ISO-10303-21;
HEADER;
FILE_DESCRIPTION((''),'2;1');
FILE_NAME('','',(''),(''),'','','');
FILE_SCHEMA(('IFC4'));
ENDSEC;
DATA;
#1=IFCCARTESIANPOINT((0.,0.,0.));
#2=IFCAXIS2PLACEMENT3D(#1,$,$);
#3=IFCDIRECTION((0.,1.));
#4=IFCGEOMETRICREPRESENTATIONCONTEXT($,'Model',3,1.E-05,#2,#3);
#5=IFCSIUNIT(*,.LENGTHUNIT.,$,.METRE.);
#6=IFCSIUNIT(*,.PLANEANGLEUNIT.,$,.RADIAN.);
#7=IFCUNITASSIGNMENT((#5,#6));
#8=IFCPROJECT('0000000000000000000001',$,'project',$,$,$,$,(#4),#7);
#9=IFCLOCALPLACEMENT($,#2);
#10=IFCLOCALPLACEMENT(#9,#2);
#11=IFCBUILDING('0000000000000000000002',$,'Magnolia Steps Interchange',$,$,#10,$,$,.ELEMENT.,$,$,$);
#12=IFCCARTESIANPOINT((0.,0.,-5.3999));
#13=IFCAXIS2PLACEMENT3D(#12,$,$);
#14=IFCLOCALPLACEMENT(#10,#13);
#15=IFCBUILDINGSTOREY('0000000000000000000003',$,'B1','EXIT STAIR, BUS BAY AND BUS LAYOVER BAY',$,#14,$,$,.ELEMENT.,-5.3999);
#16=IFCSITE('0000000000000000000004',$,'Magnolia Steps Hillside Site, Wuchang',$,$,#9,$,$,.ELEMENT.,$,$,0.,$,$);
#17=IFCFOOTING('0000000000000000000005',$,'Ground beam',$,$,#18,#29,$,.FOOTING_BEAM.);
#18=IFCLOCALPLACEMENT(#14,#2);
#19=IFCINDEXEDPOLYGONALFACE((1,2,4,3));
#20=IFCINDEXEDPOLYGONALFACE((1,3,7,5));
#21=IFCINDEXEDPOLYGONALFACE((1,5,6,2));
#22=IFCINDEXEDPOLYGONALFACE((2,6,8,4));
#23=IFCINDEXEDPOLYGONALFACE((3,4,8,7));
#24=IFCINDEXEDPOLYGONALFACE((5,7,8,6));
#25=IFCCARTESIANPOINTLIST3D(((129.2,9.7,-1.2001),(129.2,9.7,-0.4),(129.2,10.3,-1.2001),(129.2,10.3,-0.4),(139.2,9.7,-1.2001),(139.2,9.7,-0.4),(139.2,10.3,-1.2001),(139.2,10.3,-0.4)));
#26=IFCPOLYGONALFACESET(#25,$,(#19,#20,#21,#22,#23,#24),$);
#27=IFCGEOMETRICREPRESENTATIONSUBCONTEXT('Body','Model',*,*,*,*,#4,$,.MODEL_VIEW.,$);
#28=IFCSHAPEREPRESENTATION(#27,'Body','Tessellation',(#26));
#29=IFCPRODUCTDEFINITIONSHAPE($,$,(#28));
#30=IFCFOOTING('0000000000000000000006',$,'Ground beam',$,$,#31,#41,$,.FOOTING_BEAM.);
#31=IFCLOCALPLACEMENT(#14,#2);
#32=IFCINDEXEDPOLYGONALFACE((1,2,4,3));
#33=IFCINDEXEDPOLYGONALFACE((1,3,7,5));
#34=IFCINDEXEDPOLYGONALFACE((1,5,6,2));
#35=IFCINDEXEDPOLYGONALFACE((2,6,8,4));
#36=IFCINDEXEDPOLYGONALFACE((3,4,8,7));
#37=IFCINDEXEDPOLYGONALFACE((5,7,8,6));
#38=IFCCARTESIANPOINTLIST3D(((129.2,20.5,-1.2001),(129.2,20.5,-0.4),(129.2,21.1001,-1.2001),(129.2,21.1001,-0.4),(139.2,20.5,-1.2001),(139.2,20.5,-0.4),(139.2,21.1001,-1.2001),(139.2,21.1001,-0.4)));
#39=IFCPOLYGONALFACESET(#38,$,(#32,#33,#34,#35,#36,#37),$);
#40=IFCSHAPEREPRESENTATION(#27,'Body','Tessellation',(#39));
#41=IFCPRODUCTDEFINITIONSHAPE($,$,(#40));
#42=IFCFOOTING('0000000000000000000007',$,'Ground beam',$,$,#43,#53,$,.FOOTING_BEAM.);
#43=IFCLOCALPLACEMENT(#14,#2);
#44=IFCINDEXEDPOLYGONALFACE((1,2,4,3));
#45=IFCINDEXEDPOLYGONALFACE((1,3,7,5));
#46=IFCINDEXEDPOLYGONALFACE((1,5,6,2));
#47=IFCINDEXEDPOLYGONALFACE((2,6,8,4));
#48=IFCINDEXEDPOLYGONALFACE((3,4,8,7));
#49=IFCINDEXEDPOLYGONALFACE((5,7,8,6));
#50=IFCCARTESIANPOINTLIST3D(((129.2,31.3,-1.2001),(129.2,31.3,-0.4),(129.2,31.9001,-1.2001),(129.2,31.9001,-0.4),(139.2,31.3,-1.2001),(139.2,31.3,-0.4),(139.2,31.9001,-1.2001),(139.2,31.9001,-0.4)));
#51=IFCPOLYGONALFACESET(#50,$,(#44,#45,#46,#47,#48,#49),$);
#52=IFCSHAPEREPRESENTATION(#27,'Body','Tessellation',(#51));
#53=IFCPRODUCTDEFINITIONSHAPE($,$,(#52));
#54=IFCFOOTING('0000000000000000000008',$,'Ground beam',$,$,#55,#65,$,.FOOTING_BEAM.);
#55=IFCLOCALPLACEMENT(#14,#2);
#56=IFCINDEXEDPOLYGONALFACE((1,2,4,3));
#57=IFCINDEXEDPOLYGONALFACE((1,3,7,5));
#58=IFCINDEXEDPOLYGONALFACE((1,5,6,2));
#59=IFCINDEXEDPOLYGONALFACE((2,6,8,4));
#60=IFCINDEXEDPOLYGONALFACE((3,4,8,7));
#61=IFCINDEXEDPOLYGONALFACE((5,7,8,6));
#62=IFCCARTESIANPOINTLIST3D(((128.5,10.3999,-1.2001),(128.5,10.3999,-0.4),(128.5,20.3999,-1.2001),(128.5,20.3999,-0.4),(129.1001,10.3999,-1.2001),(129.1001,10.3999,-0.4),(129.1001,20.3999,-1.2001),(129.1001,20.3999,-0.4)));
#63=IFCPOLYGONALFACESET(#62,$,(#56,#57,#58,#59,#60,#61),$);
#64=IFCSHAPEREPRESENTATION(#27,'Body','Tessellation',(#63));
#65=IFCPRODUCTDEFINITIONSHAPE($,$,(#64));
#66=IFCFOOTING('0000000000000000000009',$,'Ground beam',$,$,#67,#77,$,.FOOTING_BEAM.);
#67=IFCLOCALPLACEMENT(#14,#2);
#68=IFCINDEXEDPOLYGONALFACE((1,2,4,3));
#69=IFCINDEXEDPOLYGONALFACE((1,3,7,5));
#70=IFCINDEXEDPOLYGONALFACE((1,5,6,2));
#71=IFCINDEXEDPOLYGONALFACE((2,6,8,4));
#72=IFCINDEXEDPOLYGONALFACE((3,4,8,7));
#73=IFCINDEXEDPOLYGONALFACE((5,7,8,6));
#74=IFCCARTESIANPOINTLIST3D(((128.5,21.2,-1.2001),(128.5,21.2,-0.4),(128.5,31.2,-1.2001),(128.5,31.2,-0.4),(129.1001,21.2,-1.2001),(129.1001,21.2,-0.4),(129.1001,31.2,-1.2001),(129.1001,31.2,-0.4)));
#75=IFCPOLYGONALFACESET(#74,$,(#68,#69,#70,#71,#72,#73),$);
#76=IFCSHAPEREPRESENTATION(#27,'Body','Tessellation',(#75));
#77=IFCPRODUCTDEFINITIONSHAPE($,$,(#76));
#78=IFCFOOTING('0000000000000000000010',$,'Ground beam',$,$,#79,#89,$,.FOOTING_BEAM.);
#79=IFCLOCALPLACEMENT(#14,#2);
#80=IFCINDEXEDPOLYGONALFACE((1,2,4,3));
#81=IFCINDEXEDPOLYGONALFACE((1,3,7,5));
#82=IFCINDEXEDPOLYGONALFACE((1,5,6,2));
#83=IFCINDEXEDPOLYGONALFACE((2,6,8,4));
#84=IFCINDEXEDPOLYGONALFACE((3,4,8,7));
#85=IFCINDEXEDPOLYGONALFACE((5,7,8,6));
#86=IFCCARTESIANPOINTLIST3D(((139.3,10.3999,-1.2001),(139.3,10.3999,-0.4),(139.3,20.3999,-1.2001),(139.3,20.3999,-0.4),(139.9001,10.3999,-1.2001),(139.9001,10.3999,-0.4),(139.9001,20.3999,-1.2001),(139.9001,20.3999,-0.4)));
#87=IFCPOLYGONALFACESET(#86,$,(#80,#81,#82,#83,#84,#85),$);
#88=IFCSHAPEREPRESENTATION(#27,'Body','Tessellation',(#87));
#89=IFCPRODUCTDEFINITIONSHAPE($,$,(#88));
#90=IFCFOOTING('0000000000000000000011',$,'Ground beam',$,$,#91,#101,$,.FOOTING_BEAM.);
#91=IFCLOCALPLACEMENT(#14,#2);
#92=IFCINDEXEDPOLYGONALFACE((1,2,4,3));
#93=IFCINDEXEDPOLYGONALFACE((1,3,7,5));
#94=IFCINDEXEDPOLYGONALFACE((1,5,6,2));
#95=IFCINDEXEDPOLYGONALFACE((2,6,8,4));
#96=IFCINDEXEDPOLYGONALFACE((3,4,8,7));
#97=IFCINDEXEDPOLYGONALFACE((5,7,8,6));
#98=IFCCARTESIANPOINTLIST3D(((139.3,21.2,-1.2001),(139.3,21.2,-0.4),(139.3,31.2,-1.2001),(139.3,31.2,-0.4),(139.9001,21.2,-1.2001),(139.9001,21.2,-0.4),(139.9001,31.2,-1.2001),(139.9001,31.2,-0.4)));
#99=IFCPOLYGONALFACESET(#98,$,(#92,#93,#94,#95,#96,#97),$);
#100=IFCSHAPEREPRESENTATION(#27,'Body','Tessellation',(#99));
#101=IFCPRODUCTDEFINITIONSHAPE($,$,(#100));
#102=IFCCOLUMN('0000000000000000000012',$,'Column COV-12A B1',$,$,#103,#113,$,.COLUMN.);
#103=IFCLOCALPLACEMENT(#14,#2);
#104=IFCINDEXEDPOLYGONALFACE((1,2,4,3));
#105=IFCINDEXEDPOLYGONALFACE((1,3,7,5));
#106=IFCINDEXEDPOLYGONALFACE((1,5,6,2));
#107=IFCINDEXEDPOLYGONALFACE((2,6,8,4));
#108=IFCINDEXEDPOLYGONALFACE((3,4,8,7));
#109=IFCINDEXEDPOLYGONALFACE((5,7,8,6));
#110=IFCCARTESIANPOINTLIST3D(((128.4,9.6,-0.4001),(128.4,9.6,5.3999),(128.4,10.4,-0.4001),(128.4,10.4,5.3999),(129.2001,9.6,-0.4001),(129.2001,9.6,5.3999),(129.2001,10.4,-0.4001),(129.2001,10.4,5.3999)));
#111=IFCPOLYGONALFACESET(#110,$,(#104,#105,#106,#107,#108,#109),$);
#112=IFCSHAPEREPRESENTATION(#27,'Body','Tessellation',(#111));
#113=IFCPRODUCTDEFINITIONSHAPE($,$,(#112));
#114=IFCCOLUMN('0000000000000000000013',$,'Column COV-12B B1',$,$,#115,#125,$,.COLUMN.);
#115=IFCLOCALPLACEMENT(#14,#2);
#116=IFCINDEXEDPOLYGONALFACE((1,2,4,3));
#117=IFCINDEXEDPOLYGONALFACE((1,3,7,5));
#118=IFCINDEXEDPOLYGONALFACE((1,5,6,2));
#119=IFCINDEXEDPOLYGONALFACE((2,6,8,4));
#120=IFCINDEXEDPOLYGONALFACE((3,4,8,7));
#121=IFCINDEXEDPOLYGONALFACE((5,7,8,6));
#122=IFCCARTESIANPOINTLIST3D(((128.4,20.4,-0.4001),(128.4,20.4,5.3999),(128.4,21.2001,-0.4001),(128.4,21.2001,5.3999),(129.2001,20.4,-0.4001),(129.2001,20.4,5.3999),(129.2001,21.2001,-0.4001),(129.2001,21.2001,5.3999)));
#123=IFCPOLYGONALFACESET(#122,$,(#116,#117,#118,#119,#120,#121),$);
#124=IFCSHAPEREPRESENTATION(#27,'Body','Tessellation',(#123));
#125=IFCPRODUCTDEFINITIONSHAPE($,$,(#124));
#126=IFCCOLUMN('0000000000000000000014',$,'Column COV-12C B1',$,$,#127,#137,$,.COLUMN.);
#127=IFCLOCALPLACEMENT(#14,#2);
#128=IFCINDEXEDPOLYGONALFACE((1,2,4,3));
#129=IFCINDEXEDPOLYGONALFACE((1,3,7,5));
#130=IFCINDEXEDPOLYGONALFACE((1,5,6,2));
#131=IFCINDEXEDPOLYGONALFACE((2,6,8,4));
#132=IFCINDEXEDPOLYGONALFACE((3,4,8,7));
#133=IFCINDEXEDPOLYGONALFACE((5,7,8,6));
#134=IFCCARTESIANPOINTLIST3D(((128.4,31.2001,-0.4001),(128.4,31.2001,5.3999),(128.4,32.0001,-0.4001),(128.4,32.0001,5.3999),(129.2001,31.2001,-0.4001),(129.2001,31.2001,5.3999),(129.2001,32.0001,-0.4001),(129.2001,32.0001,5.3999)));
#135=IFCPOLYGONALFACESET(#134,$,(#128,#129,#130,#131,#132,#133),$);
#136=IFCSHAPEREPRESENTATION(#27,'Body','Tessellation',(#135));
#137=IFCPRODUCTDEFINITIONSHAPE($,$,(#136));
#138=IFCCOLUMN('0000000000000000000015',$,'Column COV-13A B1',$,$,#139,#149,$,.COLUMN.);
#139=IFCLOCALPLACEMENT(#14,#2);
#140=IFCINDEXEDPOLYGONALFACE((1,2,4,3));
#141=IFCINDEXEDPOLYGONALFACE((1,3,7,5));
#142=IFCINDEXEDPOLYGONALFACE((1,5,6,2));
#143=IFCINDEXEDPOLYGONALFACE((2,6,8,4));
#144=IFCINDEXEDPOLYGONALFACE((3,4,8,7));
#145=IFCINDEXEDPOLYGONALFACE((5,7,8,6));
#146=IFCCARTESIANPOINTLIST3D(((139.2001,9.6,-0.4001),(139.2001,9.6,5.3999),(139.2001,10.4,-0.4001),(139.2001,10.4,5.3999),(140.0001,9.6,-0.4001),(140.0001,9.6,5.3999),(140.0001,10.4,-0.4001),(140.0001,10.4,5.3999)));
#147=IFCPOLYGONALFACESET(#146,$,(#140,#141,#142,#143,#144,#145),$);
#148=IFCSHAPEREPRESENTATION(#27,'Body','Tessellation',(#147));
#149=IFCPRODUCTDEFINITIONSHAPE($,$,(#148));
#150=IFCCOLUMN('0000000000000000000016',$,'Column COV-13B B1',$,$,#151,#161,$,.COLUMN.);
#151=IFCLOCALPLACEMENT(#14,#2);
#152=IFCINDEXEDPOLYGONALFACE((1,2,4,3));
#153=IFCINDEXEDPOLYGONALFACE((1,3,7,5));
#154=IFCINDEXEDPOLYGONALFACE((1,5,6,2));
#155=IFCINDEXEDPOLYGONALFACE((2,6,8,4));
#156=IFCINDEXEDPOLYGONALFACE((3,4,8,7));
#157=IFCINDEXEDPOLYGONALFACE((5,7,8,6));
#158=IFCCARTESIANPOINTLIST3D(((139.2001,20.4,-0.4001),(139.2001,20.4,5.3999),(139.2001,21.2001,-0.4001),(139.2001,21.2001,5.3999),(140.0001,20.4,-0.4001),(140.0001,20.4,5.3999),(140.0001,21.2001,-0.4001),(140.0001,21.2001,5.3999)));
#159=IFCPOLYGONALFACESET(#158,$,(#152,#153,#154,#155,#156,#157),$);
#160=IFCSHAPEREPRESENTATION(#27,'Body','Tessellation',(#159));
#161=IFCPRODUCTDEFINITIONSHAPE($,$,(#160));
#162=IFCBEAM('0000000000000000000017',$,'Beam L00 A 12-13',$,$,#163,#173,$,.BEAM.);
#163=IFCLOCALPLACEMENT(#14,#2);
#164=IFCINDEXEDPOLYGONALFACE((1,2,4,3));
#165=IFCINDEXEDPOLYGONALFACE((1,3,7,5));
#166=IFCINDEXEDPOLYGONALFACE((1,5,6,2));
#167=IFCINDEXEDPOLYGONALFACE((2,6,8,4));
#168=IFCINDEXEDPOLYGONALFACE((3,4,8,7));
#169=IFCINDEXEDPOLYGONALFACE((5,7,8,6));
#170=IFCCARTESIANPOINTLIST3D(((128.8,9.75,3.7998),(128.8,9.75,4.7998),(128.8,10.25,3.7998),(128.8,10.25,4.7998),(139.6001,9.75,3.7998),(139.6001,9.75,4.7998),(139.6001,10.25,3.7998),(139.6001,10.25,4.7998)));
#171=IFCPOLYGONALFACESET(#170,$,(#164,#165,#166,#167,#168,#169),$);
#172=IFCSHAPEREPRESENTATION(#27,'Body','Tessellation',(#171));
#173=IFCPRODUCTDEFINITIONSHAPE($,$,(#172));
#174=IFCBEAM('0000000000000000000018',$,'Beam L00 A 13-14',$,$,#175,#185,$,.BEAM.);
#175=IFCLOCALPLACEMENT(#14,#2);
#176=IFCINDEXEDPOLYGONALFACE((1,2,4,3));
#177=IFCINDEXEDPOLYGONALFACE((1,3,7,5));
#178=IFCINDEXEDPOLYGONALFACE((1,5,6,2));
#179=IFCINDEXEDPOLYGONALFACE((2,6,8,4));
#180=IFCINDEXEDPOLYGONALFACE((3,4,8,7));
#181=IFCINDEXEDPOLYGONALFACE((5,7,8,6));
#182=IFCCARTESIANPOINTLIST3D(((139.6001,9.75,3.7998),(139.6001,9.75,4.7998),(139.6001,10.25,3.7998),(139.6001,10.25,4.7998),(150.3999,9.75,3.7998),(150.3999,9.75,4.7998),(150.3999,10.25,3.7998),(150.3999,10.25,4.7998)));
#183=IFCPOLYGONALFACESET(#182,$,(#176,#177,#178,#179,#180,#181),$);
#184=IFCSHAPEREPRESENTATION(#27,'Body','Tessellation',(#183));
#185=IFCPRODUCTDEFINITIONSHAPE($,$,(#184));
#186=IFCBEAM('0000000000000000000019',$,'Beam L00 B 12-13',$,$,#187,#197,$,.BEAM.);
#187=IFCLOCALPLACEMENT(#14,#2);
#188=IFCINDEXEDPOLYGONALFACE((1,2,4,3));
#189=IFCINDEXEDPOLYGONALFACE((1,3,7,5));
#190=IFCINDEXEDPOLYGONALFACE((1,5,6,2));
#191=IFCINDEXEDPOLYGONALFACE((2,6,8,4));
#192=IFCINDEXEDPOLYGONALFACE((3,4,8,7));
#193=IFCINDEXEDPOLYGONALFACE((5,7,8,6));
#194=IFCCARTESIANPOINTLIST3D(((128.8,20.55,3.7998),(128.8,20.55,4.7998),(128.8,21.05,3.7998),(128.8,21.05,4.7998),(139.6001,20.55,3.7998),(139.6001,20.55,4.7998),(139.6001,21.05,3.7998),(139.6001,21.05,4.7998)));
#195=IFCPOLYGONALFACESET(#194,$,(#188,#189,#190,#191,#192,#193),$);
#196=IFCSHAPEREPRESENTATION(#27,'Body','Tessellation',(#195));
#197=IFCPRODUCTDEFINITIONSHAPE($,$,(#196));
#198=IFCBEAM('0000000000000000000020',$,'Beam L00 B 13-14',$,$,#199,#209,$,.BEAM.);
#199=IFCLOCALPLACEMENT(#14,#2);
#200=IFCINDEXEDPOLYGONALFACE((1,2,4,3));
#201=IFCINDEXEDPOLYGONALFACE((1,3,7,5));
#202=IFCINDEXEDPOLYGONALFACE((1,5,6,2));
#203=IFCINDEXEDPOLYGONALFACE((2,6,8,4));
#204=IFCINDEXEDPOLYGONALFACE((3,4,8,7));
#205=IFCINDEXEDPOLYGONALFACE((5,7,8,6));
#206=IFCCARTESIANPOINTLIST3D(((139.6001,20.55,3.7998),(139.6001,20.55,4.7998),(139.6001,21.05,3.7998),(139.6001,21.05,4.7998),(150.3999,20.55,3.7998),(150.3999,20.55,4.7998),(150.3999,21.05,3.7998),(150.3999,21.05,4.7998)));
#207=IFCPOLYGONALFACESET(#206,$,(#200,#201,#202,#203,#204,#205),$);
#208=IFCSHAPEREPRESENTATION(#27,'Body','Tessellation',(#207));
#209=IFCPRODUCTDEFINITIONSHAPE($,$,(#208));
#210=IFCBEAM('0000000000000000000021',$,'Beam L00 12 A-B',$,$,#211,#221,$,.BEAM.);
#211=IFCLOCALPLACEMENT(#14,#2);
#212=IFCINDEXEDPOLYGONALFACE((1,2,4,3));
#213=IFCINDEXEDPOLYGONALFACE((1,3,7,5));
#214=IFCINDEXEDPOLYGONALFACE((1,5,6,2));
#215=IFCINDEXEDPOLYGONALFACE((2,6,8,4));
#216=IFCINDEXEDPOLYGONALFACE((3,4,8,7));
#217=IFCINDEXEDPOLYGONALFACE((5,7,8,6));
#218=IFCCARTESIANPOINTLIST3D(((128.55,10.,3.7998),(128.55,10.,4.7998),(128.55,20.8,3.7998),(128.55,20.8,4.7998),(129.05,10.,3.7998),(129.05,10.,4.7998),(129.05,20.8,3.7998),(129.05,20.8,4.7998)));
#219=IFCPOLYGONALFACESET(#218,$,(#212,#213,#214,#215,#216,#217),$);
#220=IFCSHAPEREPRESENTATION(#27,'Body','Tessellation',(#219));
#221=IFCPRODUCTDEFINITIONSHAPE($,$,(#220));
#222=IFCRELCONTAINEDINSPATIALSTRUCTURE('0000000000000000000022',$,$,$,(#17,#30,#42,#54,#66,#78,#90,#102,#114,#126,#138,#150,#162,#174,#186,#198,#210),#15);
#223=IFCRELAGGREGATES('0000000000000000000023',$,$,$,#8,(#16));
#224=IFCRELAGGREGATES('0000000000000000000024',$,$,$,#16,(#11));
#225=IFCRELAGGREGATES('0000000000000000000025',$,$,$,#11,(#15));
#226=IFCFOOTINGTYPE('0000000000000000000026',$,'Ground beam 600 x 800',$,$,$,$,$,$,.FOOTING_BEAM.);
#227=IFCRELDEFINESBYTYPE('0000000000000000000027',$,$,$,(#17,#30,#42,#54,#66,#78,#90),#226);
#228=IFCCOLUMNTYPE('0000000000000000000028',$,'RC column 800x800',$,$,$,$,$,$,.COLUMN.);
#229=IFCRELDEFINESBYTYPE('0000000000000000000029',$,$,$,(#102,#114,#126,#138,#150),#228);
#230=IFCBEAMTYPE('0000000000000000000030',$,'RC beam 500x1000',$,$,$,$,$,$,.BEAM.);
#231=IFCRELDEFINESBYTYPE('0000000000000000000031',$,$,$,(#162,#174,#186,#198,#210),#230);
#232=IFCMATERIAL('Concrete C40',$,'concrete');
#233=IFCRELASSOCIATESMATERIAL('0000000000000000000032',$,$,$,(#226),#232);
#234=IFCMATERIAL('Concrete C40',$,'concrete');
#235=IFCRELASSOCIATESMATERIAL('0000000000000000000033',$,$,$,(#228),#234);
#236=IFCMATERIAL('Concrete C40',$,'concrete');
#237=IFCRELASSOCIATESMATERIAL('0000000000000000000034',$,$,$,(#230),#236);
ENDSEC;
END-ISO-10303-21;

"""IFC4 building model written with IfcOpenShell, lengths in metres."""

from ifc_helpers import new_model, si_unit, direction, frame, origin, origin_2d, place, context, subcontext, project, spatial, rectangle, extrude, material, material_profile, profile_set, type_object, element, save


model = new_model("IFC4")

# Units and contexts
model_context = context("Model", 3, precision=1e-05, world=origin(), true_north=direction((0.0, 1.0)))
body_context = subcontext(model_context, "Body", "Model", "MODEL_VIEW")
ifc_project = project(units=[si_unit("LENGTHUNIT", "METRE"), si_unit("PLANEANGLEUNIT", "RADIAN")], contexts=[model_context])

# Site, building, storey
site_placement = place(None, origin())
site = spatial("IfcSite", under=ifc_project, at=site_placement, Name="Magnolia Steps Hillside Site, Wuchang", CompositionType="ELEMENT", RefElevation=0.0)
building_placement = place(site_placement, origin())
building = spatial("IfcBuilding", under=site, at=building_placement, Name="Magnolia Steps Interchange", CompositionType="ELEMENT")
storey_placement = place(building_placement, frame((0.0, 0.0, -5.3999)))
storey = spatial("IfcBuildingStorey", under=building, at=storey_placement, Name="B1", Description="EXIT STAIR, BUS BAY AND BUS LAYOVER BAY", CompositionType="ELEMENT", Elevation=-5.3999)

# Footings
ifc_material_1 = material(Name="Concrete C40", Category="concrete")
ifc_material_profile_1 = material_profile(ifc_material_1, rectangle(XDim=0.6001, YDim=0.8, at=origin_2d()), Name="RC600x800")
ifc_profile_set_1 = profile_set([ifc_material_profile_1], Name="Concrete C40")
footing_type = type_object("IfcFootingType", Name="Ground beam 600 x 800", PredefinedType="FOOTING_BEAM", material=ifc_profile_set_1)
for number, where, z_axis, x_axis, name in (
    (1, (129.2, 10.0, -0.8), (1.0, 0.0, 0.0), (0.0, 1.0, 0.0), "Ground beam"),
    (2, (129.2, 20.8, -0.8), (1.0, 0.0, 0.0), (0.0, 1.0, 0.0), "Ground beam"),
    (3, (129.2, 31.6001, -0.8), (1.0, 0.0, 0.0), (0.0, 1.0, 0.0), "Ground beam"),
    (4, (128.8, 10.3999, -0.8), (0.0, 1.0, 0.0), (-1.0, 0.0, 0.0), "Ground beam"),
    (5, (128.8, 21.2, -0.8), (0.0, 1.0, 0.0), (-1.0, 0.0, 0.0), "Ground beam"),
    (6, (139.6001, 10.3999, -0.8), (0.0, 1.0, 0.0), (-1.0, 0.0, 0.0), "Ground beam"),
    (7, (139.6001, 21.2, -0.8), (0.0, 1.0, 0.0), (-1.0, 0.0, 0.0), "Ground beam"),
):
    element("IfcFooting", number, at=place(storey_placement, frame(where, z_axis=z_axis, x_axis=x_axis)), inside=storey, type_object=footing_type, Name=name, PredefinedType="FOOTING_BEAM", context=body_context, shape_type="SweptSolid", body=[
        extrude(rectangle(XDim=0.6001, YDim=0.8, at=origin_2d()), origin(), (0.0, 0.0, 1.0), 10.0),
    ])

# Columns
ifc_material_2 = material(Name="Concrete C40", Category="concrete")
ifc_material_profile_2 = material_profile(ifc_material_2, rectangle(XDim=0.8, YDim=0.8, at=origin_2d()), Name="RC800x800")
ifc_profile_set_2 = profile_set([ifc_material_profile_2], Name="Concrete C40")
column_type = type_object("IfcColumnType", Name="RC column 800x800", PredefinedType="COLUMN", material=ifc_profile_set_2)
for number, where, z_axis, x_axis, name in (
    (8, (128.8, 10.0, -0.4001), (0.0, 0.0, 1.0), (1.0, 0.0, 0.0), "Column COV-12A B1"),
    (9, (128.8, 20.8, -0.4001), (0.0, 0.0, 1.0), (1.0, 0.0, 0.0), "Column COV-12B B1"),
    (10, (128.8, 31.6001, -0.4001), (0.0, 0.0, 1.0), (1.0, 0.0, 0.0), "Column COV-12C B1"),
    (11, (139.6001, 10.0, -0.4001), (0.0, 0.0, 1.0), (1.0, 0.0, 0.0), "Column COV-13A B1"),
    (12, (139.6001, 20.8, -0.4001), (0.0, 0.0, 1.0), (1.0, 0.0, 0.0), "Column COV-13B B1"),
):
    element("IfcColumn", number, at=place(storey_placement, frame(where, z_axis=z_axis, x_axis=x_axis)), inside=storey, type_object=column_type, Name=name, PredefinedType="COLUMN", context=body_context, shape_type="SweptSolid", body=[
        extrude(rectangle(XDim=0.8, YDim=0.8, at=origin_2d()), origin(), (0.0, 0.0, 1.0), 5.8),
    ])

# Beams
ifc_material_3 = material(Name="Concrete C40", Category="concrete")
ifc_material_profile_3 = material_profile(ifc_material_3, rectangle(XDim=0.5, YDim=1.0, at=origin_2d()), Name="RC500x1000")
ifc_profile_set_3 = profile_set([ifc_material_profile_3], Name="Concrete C40")
beam_type = type_object("IfcBeamType", Name="RC beam 500x1000", PredefinedType="BEAM", material=ifc_profile_set_3)
beam_1_placement = place(storey_placement, frame((128.8, 10.0, 4.2998), z_axis=(1.0, 0.0, 0.0), x_axis=(0.0, 1.0, 0.0)))
element("IfcBeam", 13, at=beam_1_placement, inside=storey, type_object=beam_type, Name="Beam L00 A 12-13", PredefinedType="BEAM", context=body_context, shape_type="SweptSolid", body=[
    extrude(rectangle(XDim=0.5, YDim=1.0, at=origin_2d()), origin(), (0.0, 0.0, 1.0), 10.8),
])
beam_2_placement = place(storey_placement, frame((139.6001, 10.0, 4.2998), z_axis=(1.0, 0.0, 0.0), x_axis=(0.0, 1.0, 0.0)))
element("IfcBeam", 14, at=beam_2_placement, inside=storey, type_object=beam_type, Name="Beam L00 A 13-14", PredefinedType="BEAM", context=body_context, shape_type="SweptSolid", body=[
    extrude(rectangle(XDim=0.5, YDim=1.0, at=origin_2d()), origin(), (0.0, 0.0, 1.0), 10.7998),
])
beam_3_placement = place(storey_placement, frame((128.8, 20.8, 4.2998), z_axis=(1.0, 0.0, 0.0), x_axis=(0.0, 1.0, 0.0)))
element("IfcBeam", 15, at=beam_3_placement, inside=storey, type_object=beam_type, Name="Beam L00 B 12-13", PredefinedType="BEAM", context=body_context, shape_type="SweptSolid", body=[
    extrude(rectangle(XDim=0.5, YDim=1.0, at=origin_2d()), origin(), (0.0, 0.0, 1.0), 10.8),
])
beam_4_placement = place(storey_placement, frame((139.6001, 20.8, 4.2998), z_axis=(1.0, 0.0, 0.0), x_axis=(0.0, 1.0, 0.0)))
element("IfcBeam", 16, at=beam_4_placement, inside=storey, type_object=beam_type, Name="Beam L00 B 13-14", PredefinedType="BEAM", context=body_context, shape_type="SweptSolid", body=[
    extrude(rectangle(XDim=0.5, YDim=1.0, at=origin_2d()), origin(), (0.0, 0.0, 1.0), 10.7998),
])
for number, where, z_axis, x_axis, name in (
    (17, (128.8, 10.0, 4.2998), (0.0, 1.0, 0.0), (-1.0, 0.0, 0.0), "Beam L00 12 A-B"),
):
    element("IfcBeam", number, at=place(storey_placement, frame(where, z_axis=z_axis, x_axis=x_axis)), inside=storey, type_object=beam_type, Name=name, PredefinedType="BEAM", context=body_context, shape_type="SweptSolid", body=[
        extrude(rectangle(XDim=0.5, YDim=1.0, at=origin_2d()), origin(), (0.0, 0.0, 1.0), 10.8),
    ])

save(model, "model.ifc")
